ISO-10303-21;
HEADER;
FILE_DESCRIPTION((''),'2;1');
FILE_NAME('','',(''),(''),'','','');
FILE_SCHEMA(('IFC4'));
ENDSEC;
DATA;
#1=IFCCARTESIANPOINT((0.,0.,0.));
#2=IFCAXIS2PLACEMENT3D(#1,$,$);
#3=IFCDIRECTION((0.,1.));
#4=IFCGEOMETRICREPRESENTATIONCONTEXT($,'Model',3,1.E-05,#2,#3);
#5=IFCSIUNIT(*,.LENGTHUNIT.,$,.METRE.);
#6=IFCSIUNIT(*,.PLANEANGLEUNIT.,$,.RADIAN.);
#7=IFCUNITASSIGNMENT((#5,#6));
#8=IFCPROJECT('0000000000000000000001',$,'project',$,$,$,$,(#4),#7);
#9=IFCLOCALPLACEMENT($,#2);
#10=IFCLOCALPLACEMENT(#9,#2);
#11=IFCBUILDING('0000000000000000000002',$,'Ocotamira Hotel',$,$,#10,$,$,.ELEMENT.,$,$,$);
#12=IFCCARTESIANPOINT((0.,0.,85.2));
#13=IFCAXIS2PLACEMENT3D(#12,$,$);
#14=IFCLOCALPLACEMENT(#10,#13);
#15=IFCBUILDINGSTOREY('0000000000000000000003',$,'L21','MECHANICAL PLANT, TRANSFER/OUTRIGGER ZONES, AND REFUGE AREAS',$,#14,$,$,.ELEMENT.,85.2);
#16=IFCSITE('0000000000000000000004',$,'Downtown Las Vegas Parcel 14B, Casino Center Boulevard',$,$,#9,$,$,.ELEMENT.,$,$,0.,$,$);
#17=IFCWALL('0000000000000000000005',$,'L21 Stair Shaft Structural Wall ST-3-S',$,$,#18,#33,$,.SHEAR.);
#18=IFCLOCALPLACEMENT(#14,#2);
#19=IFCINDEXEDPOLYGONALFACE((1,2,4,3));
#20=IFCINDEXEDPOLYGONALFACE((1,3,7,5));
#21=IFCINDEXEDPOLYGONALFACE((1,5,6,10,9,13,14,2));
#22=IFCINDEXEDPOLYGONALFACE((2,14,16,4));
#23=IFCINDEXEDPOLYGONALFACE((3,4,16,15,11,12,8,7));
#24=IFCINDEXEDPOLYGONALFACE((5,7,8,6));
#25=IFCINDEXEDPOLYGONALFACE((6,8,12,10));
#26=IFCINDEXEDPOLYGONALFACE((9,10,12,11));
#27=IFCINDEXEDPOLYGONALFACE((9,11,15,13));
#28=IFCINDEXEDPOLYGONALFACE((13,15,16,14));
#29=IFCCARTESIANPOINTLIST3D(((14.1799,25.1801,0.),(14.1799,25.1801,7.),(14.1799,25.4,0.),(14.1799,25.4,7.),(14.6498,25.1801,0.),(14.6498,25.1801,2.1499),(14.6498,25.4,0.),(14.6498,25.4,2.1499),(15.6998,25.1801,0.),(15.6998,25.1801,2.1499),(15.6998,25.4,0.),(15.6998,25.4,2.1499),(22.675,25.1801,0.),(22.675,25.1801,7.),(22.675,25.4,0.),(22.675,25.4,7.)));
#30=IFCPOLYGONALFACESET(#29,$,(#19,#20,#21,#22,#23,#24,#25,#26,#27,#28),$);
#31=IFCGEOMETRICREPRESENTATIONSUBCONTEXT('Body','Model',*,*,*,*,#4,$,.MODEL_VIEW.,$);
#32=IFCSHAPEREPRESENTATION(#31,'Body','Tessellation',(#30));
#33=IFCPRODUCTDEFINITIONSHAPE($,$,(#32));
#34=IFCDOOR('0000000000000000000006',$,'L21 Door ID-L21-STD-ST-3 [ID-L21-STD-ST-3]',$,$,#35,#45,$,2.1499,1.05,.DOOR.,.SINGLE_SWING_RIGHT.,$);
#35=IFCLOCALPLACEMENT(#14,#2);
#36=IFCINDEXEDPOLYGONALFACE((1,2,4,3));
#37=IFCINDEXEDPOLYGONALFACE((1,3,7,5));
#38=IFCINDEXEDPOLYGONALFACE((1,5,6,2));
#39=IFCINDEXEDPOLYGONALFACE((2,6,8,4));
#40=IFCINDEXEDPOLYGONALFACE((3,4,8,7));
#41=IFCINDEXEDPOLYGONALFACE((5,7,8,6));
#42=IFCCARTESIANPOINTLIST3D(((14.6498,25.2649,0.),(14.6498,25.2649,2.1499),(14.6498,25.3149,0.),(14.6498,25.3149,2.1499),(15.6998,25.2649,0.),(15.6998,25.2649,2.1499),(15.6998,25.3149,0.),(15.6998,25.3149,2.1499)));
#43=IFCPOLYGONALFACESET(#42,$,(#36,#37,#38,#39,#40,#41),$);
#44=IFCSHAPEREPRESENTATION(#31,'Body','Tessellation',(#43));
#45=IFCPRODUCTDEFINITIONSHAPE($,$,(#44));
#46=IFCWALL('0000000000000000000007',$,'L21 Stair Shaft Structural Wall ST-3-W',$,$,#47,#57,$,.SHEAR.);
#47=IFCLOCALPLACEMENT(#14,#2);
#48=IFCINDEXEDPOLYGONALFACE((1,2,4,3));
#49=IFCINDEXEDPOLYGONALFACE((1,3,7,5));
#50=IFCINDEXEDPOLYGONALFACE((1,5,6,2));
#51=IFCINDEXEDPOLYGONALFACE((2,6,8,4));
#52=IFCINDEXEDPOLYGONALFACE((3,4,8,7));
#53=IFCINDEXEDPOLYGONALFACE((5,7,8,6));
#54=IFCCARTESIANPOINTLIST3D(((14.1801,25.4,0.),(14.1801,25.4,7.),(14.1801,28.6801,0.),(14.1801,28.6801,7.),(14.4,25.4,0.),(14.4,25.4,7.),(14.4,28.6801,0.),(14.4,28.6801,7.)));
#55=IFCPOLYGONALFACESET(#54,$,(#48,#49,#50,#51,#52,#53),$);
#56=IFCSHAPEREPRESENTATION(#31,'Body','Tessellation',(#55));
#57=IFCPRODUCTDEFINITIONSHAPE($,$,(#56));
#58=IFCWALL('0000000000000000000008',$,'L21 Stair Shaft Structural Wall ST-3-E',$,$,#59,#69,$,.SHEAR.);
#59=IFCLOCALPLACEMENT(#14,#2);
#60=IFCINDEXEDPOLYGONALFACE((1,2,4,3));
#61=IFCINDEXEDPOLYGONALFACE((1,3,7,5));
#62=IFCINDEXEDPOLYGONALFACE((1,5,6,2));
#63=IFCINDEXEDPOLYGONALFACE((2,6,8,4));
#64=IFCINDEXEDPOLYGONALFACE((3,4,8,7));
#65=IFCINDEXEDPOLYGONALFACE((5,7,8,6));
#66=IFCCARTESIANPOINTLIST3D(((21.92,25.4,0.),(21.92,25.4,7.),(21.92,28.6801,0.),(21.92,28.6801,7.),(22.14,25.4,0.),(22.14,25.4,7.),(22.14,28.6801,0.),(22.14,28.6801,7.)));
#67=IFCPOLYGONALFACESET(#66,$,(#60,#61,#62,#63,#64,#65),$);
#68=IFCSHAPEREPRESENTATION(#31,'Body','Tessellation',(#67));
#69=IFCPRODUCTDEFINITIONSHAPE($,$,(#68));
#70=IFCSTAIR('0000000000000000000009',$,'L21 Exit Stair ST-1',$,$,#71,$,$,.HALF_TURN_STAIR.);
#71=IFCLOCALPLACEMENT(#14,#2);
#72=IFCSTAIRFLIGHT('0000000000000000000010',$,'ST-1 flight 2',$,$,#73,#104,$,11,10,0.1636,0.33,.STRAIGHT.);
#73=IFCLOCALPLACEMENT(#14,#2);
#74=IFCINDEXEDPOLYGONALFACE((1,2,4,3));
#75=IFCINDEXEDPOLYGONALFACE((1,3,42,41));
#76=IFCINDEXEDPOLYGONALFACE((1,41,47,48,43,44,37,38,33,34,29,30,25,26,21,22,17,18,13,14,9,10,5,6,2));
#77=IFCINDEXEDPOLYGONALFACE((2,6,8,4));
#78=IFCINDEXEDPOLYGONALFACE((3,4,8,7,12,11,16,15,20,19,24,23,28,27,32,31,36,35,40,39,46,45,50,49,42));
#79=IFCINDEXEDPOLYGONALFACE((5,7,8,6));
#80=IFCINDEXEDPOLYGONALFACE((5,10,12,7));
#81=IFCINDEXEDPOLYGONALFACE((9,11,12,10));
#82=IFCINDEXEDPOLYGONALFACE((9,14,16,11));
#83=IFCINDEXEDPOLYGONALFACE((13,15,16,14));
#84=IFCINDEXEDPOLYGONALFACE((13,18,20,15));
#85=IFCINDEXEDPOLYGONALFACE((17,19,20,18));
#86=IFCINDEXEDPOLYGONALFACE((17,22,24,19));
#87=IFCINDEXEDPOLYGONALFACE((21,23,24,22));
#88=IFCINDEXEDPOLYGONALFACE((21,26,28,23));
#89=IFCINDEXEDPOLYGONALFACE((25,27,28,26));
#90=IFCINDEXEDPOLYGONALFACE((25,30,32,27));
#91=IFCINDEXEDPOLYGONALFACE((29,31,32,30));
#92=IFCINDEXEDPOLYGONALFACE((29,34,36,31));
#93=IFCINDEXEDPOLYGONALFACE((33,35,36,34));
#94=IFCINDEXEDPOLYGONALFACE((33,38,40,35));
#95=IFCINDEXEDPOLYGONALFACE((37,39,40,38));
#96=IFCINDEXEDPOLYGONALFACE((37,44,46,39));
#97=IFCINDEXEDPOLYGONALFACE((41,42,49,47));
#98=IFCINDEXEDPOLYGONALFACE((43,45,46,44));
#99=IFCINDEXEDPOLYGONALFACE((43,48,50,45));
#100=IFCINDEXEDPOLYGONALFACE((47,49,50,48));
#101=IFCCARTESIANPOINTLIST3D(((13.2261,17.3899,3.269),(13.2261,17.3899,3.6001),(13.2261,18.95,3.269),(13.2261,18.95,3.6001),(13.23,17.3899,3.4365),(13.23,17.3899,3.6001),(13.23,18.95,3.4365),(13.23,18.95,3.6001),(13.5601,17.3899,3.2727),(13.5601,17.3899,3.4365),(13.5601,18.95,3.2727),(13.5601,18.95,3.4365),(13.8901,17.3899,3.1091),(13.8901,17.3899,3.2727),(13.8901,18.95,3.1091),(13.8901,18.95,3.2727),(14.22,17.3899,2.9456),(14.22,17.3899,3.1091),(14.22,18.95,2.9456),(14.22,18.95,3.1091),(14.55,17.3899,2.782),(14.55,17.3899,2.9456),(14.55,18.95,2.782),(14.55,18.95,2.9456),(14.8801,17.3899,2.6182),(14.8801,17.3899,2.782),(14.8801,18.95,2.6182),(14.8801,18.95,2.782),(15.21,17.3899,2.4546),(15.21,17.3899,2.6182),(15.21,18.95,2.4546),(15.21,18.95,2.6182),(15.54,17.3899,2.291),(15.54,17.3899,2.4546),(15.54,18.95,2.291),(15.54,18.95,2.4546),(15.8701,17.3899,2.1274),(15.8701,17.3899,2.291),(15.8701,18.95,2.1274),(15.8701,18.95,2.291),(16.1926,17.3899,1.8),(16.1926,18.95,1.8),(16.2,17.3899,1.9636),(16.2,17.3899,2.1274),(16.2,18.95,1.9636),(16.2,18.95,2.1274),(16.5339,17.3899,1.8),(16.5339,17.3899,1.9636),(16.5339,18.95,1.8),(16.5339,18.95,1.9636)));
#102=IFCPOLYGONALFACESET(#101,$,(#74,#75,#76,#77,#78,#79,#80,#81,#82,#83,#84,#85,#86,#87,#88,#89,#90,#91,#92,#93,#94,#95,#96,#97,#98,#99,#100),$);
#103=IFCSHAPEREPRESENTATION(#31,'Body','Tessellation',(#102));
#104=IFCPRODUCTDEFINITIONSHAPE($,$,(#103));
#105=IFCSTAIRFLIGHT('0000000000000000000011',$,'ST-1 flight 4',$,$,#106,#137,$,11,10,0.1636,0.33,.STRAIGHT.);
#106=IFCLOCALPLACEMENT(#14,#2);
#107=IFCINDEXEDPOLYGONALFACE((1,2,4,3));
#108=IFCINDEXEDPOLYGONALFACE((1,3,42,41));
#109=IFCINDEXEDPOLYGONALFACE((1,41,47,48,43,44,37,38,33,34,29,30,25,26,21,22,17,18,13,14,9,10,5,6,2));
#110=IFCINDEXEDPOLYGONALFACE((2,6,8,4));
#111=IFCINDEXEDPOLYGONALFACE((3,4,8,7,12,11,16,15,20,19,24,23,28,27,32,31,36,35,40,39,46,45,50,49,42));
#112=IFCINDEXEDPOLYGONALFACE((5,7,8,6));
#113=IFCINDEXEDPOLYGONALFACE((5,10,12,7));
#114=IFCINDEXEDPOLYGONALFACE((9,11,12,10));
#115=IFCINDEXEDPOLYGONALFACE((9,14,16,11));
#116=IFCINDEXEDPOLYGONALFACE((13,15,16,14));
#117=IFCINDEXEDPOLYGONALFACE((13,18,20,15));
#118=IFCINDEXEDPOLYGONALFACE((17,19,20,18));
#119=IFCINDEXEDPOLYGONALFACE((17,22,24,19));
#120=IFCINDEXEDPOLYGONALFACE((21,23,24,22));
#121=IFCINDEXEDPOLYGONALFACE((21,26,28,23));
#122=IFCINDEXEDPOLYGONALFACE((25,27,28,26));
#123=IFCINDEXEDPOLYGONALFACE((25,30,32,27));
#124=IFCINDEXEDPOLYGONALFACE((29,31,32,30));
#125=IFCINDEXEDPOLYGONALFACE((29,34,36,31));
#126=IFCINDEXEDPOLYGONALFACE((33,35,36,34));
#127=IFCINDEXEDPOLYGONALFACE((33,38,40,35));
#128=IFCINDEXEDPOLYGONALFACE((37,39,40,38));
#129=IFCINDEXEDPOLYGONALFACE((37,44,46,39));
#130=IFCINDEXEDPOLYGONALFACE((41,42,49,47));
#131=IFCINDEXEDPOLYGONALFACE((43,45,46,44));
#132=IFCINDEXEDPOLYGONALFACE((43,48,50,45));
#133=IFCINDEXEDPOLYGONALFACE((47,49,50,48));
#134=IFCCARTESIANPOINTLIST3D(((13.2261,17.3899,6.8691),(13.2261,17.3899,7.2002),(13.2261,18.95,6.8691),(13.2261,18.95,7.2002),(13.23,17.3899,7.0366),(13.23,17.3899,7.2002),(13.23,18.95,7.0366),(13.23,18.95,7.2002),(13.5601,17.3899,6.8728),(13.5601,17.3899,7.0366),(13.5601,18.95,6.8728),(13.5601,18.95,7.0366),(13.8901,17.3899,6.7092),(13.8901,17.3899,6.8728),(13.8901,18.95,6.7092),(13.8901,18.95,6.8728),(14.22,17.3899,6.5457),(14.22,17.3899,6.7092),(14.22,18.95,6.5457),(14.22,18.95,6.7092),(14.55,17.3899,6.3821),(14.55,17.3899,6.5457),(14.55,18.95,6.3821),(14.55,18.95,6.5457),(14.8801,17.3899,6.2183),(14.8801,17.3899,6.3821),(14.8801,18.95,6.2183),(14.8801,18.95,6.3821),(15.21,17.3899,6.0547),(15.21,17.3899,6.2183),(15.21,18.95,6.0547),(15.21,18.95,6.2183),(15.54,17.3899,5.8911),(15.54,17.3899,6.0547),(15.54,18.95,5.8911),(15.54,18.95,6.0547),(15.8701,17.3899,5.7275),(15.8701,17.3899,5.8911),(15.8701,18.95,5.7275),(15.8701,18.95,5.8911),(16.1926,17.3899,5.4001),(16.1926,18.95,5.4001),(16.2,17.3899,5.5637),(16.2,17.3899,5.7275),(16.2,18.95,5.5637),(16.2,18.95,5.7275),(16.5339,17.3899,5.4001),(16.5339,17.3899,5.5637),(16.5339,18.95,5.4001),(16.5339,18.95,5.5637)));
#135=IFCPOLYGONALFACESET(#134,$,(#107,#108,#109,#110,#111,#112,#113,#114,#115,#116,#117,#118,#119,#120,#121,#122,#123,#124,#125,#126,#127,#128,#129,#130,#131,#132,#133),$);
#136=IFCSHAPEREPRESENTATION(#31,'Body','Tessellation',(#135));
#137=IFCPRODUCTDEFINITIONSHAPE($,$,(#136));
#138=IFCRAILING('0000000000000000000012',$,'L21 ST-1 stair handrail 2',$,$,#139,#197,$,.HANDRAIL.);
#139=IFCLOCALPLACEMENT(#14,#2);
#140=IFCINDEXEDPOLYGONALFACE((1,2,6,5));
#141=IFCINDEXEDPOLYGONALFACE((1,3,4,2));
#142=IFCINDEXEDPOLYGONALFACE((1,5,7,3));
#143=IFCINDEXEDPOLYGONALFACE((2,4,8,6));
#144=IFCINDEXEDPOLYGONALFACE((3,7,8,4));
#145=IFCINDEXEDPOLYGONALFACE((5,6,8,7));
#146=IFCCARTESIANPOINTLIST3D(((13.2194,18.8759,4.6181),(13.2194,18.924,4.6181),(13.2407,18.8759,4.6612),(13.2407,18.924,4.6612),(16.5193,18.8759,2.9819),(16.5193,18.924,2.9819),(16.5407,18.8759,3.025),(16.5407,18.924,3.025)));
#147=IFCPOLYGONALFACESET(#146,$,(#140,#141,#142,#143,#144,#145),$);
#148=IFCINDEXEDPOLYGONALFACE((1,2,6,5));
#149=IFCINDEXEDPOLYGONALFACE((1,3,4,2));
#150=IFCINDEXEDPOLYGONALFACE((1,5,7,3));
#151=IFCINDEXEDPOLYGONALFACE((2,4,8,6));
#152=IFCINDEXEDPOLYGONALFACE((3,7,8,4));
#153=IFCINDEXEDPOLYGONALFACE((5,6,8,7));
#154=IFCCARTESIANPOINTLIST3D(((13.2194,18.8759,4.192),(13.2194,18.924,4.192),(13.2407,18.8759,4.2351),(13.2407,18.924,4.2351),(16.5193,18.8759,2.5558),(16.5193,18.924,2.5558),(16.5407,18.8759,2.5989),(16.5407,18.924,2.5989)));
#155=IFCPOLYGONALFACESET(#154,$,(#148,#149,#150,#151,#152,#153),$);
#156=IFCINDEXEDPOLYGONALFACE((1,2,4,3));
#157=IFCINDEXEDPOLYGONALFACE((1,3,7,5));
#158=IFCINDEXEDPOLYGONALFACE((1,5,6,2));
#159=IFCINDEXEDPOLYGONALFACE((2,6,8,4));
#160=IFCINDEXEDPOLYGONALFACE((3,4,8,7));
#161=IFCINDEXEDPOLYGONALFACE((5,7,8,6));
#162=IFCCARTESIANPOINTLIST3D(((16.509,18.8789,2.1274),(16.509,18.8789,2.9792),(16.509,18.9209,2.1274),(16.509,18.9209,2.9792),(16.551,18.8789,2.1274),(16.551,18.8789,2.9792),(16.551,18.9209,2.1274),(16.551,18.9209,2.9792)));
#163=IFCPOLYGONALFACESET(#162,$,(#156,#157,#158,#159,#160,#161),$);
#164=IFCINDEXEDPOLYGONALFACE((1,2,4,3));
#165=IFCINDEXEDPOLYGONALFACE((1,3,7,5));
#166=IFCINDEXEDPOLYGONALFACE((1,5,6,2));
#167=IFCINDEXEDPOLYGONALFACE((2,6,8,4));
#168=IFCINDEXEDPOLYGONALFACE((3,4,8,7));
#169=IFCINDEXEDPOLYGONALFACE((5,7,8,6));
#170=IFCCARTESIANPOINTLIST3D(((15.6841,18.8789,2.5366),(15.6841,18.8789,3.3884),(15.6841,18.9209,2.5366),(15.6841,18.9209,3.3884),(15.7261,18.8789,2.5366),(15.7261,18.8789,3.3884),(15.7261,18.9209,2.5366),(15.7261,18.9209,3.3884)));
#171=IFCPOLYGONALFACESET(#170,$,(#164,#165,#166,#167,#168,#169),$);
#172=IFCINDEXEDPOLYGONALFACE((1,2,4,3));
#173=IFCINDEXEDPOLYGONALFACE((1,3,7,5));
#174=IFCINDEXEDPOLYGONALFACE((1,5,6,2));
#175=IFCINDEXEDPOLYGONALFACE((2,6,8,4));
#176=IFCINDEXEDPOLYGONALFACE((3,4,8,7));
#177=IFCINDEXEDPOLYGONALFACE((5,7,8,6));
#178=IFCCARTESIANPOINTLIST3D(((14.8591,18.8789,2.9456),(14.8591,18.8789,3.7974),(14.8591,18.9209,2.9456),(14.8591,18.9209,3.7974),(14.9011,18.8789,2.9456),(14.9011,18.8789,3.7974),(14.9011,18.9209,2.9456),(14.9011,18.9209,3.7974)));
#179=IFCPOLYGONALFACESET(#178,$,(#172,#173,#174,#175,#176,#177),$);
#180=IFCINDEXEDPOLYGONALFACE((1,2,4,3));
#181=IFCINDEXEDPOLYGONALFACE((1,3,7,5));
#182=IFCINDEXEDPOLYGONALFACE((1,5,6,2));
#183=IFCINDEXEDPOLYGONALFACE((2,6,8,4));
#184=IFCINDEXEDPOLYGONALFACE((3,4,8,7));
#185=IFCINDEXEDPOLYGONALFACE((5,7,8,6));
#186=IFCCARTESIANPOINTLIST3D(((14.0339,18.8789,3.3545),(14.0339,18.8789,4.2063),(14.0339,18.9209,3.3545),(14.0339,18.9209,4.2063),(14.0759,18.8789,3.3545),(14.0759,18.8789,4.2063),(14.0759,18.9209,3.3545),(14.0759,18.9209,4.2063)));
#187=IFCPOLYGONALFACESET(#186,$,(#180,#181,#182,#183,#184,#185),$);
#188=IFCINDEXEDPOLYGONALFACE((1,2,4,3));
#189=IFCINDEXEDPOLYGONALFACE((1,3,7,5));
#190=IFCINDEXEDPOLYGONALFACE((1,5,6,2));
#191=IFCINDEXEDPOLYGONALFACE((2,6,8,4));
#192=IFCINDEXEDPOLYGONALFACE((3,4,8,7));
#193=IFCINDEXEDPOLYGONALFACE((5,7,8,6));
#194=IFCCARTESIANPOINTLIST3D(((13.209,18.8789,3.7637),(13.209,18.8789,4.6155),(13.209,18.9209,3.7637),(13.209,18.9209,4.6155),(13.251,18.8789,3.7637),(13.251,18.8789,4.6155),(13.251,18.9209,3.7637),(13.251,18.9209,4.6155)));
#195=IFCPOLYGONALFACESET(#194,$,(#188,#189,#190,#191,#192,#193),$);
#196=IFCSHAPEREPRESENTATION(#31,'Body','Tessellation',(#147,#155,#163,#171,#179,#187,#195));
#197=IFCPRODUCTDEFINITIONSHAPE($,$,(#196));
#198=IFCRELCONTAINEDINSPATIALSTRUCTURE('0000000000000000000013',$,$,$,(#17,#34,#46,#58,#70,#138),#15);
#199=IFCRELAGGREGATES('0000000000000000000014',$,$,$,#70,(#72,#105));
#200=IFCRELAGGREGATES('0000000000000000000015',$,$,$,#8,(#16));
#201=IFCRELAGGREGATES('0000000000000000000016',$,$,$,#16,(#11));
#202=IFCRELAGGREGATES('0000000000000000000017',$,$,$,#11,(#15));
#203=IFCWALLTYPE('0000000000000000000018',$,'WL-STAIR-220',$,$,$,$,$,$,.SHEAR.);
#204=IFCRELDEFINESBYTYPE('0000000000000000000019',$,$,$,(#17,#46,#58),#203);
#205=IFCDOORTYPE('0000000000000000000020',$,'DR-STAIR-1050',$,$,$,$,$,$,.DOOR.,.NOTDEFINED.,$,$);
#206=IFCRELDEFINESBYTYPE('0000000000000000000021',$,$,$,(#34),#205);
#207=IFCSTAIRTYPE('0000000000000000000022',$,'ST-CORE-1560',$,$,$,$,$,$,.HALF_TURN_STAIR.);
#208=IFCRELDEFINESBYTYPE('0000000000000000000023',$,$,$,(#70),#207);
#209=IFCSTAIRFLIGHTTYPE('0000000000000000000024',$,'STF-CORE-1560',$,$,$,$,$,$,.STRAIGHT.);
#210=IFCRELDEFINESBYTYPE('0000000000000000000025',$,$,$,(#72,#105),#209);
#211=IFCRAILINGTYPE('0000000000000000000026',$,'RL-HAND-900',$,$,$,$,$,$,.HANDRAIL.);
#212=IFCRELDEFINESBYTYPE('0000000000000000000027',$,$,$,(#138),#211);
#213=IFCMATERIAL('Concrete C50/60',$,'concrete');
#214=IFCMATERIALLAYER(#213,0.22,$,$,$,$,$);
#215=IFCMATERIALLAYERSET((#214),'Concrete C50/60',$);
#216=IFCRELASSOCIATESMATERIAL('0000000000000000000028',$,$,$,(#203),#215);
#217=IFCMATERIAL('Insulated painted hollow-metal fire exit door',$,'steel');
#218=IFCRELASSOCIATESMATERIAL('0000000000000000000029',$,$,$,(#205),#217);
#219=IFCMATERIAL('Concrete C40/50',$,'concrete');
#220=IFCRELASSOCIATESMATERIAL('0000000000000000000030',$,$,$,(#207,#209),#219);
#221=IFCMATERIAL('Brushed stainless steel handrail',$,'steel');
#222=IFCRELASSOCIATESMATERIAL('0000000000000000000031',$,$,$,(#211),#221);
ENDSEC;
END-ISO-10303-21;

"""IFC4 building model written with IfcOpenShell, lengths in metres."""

from ifc_helpers import new_model, si_unit, direction, frame, frame_2d, origin, origin_2d, place, context, subcontext, project, spatial, polyline, rectangle, outline, extrude, source, transform, mapped, material, layer, layer_set, type_object, element, fill, aggregate, save


model = new_model("IFC4")

# Units and contexts
model_context = context("Model", 3, precision=1e-05, world=origin(), true_north=direction((0.0, 1.0)))
body_context = subcontext(model_context, "Body", "Model", "MODEL_VIEW")
ifc_project = project(units=[si_unit("LENGTHUNIT", "METRE"), si_unit("PLANEANGLEUNIT", "RADIAN")], contexts=[model_context])

# Site, building, storey
site_placement = place(None, origin())
site = spatial("IfcSite", under=ifc_project, at=site_placement, Name="Downtown Las Vegas Parcel 14B, Casino Center Boulevard", CompositionType="ELEMENT", RefElevation=0.0)
building_placement = place(site_placement, origin())
building = spatial("IfcBuilding", under=site, at=building_placement, Name="Ocotamira Hotel", CompositionType="ELEMENT")
storey_placement = place(building_placement, frame((0.0, 0.0, 85.2)))
storey = spatial("IfcBuildingStorey", under=building, at=storey_placement, Name="L21", Description="MECHANICAL PLANT, TRANSFER/OUTRIGGER ZONES, AND REFUGE AREAS", CompositionType="ELEMENT", Elevation=85.2)

# Shared definitions
ifc_material_1 = material(Name="Concrete C50/60", Category="concrete")
ifc_layer_1 = layer(ifc_material_1, 0.22)
ifc_layer_set_1 = layer_set([ifc_layer_1], Name="Concrete C50/60")
wall_type_1 = type_object("IfcWallType", Name="WL-STAIR-220", PredefinedType="SHEAR", material=ifc_layer_set_1)

# Wall, opening, door
wall_1_placement = place(storey_placement, frame((14.1799, 25.29, 0.0), z_axis=(0.0, 0.0, 1.0), x_axis=(1.0, 0.0, 0.0)))
wall_1 = element("IfcWall", 1, at=wall_1_placement, inside=storey, type_object=wall_type_1, Name="L21 Stair Shaft Structural Wall ST-3-S", PredefinedType="SHEAR", context=body_context, shape_type="SweptSolid", body=[
    extrude(rectangle(XDim=8.4951, YDim=0.22, at=frame_2d((4.2476, 0.0))), origin(), (0.0, 0.0, 1.0), 7.0),
])
opening_1_placement = place(wall_1_placement, frame((0.47, 0.0, 0.0)))
opening_1 = element("IfcOpeningElement", 2, at=opening_1_placement, cuts=wall_1, PredefinedType="OPENING", context=body_context, shape_type="SweptSolid", body=[
    extrude(rectangle(XDim=1.05, YDim=2.1499, at=frame_2d((0.5249, 1.075))), frame((0.0, 0.1201, 0.0), z_axis=(0.0, -1.0, 0.0), x_axis=(1.0, 0.0, 0.0)), (0.0, 0.0, 1.0), 0.24),
])
ifc_material_2 = material(Name="Insulated painted hollow-metal fire exit door", Category="steel")
door_type_1 = type_object("IfcDoorType", Name="DR-STAIR-1050", OperationType="NOTDEFINED", PredefinedType="DOOR", material=ifc_material_2)
shared_shape_1 = source(origin(), body_context, "Body", "SweptSolid", [
    extrude(rectangle(XDim=1.05, YDim=2.1499, at=frame_2d((0.5249, 1.075))), frame((0.0, 0.0249, 0.0), z_axis=(0.0, -1.0, 0.0), x_axis=(1.0, 0.0, 0.0)), (0.0, 0.0, 1.0), 0.05),
])
door_1_placement = place(opening_1_placement, origin())
door_1 = element("IfcDoor", 3, at=door_1_placement, inside=storey, type_object=door_type_1, Name="L21 Door ID-L21-STD-ST-3 [ID-L21-STD-ST-3]", OperationType="SINGLE_SWING_RIGHT", OverallHeight=2.1499, OverallWidth=1.05, PredefinedType="DOOR", context=body_context, shape_type="MappedRepresentation", body=[
    mapped(shared_shape_1, transform((0.0, 0.0, 0.0), scale=1.0)),
])
fill(opening_1, door_1)

# Walls
for number, where, z_axis, x_axis, name in (
    (4, (14.29, 25.3999, 0.0), (0.0, 0.0, 1.0), (0.0, 1.0, 0.0), "L21 Stair Shaft Structural Wall ST-3-W"),
    (5, (22.03, 25.3999, 0.0), (0.0, 0.0, 1.0), (0.0, 1.0, 0.0), "L21 Stair Shaft Structural Wall ST-3-E"),
):
    element("IfcWall", number, at=place(storey_placement, frame(where, z_axis=z_axis, x_axis=x_axis)), inside=storey, type_object=wall_type_1, Name=name, PredefinedType="SHEAR", context=body_context, shape_type="SweptSolid", body=[
        extrude(rectangle(XDim=3.28, YDim=0.22, at=frame_2d((1.6401, 0.0))), origin(), (0.0, 0.0, 1.0), 7.0),
    ])

# Stair, stair flights
ifc_material_3 = material(Name="Concrete C40/50", Category="concrete")
stair_type = type_object("IfcStairType", Name="ST-CORE-1560", PredefinedType="HALF_TURN_STAIR", material=ifc_material_3)
stair_placement = place(storey_placement, origin())
stair = element("IfcStair", 6, at=stair_placement, inside=storey, type_object=stair_type, Name="L21 Exit Stair ST-1", PredefinedType="HALF_TURN_STAIR")
stair_flight_type = type_object("IfcStairFlightType", Name="STF-CORE-1560", PredefinedType="STRAIGHT", material=ifc_material_3)
shared_shape_2 = source(origin(), body_context, "Body", "SweptSolid", [
    extrude(outline(polyline([(-0.0039, 0.0), (-0.0039, 0.1636), (0.3301, 0.1636), (0.3301, 0.3274), (0.6599, 0.3274), (0.6599, 0.491), (0.99, 0.491), (0.99, 0.6545), (1.3201, 0.6545), (1.3201, 0.8181), (1.6499, 0.8181), (1.6499, 0.9819), (1.98, 0.9819), (1.98, 1.1455), (2.3101, 1.1455), (2.3101, 1.3091), (2.6399, 1.3091), (2.6399, 1.4727), (2.97, 1.4727), (2.97, 1.6365), (3.3, 1.6365), (3.3, 1.8), (3.304, 1.8), (3.304, 1.469), (0.3374, 0.0), (-0.0039, 0.0)])), frame((0.0, 0.78, 0.0), z_axis=(0.0, -1.0, 0.0), x_axis=(1.0, 0.0, 0.0)), (0.0, 0.0, 1.0), 1.5601),
])
stair_flight_1_placement = place(storey_placement, frame((16.53, 18.1699, 1.8), z_axis=(0.0, 0.0, 1.0), x_axis=(-1.0, 0.0, 0.0)))
stair_flight_1 = element("IfcStairFlight", 7, at=stair_flight_1_placement, type_object=stair_flight_type, Name="ST-1 flight 2", NumberOfRisers=11, NumberOfTreads=10, PredefinedType="STRAIGHT", RiserHeight=0.1636, TreadLength=0.33, context=body_context, shape_type="MappedRepresentation", body=[
    mapped(shared_shape_2, transform((0.0, 0.0, 0.0), scale=1.0)),
])
stair_flight_2_placement = place(storey_placement, frame((16.53, 18.1699, 5.4001), z_axis=(0.0, 0.0, 1.0), x_axis=(-1.0, 0.0, 0.0)))
stair_flight_2 = element("IfcStairFlight", 8, at=stair_flight_2_placement, type_object=stair_flight_type, Name="ST-1 flight 4", NumberOfRisers=11, NumberOfTreads=10, PredefinedType="STRAIGHT", RiserHeight=0.1636, TreadLength=0.33, context=body_context, shape_type="MappedRepresentation", body=[
    mapped(shared_shape_2, transform((0.0, 0.0, 0.0), scale=1.0)),
])
aggregate(stair, [stair_flight_1, stair_flight_2])

# Railing
ifc_material_4 = material(Name="Brushed stainless steel handrail", Category="steel")
railing_type_1 = type_object("IfcRailingType", Name="RL-HAND-900", PredefinedType="HANDRAIL", material=ifc_material_4)
railing_1_placement = place(storey_placement, frame((16.53, 18.8999, 2.1274)))
element("IfcRailing", 9, at=railing_1_placement, inside=storey, type_object=railing_type_1, Name="L21 ST-1 stair handrail 2", PredefinedType="HANDRAIL", context=body_context, shape_type="SweptSolid", body=[
    extrude(rectangle(XDim=0.0481, YDim=0.0481, at=origin_2d()), frame((0.0, 0.0, 0.876), z_axis=(-0.89592, 0.0, 0.444215), x_axis=(0.0, -1.0, 0.0)), (0.0, 0.0, 1.0), 3.6833),
    extrude(rectangle(XDim=0.0481, YDim=0.0481, at=origin_2d()), frame((0.0, 0.0, 0.45), z_axis=(-0.89592, 0.0, 0.444215), x_axis=(0.0, -1.0, 0.0)), (0.0, 0.0, 1.0), 3.6833),
    extrude(rectangle(XDim=0.042, YDim=0.042, at=origin_2d()), origin(), (0.0, 0.0, 1.0), 0.8518),
    extrude(rectangle(XDim=0.042, YDim=0.042, at=origin_2d()), frame((-0.825, 0.0, 0.4092)), (0.0, 0.0, 1.0), 0.8518),
    extrude(rectangle(XDim=0.042, YDim=0.042, at=origin_2d()), frame((-1.6499, 0.0, 0.8181)), (0.0, 0.0, 1.0), 0.8518),
    extrude(rectangle(XDim=0.042, YDim=0.042, at=origin_2d()), frame((-2.4751, 0.0, 1.2271)), (0.0, 0.0, 1.0), 0.8518),
    extrude(rectangle(XDim=0.042, YDim=0.042, at=origin_2d()), frame((-3.3, 0.0, 1.6362)), (0.0, 0.0, 1.0), 0.8518),
])

save(model, "model.ifc")
